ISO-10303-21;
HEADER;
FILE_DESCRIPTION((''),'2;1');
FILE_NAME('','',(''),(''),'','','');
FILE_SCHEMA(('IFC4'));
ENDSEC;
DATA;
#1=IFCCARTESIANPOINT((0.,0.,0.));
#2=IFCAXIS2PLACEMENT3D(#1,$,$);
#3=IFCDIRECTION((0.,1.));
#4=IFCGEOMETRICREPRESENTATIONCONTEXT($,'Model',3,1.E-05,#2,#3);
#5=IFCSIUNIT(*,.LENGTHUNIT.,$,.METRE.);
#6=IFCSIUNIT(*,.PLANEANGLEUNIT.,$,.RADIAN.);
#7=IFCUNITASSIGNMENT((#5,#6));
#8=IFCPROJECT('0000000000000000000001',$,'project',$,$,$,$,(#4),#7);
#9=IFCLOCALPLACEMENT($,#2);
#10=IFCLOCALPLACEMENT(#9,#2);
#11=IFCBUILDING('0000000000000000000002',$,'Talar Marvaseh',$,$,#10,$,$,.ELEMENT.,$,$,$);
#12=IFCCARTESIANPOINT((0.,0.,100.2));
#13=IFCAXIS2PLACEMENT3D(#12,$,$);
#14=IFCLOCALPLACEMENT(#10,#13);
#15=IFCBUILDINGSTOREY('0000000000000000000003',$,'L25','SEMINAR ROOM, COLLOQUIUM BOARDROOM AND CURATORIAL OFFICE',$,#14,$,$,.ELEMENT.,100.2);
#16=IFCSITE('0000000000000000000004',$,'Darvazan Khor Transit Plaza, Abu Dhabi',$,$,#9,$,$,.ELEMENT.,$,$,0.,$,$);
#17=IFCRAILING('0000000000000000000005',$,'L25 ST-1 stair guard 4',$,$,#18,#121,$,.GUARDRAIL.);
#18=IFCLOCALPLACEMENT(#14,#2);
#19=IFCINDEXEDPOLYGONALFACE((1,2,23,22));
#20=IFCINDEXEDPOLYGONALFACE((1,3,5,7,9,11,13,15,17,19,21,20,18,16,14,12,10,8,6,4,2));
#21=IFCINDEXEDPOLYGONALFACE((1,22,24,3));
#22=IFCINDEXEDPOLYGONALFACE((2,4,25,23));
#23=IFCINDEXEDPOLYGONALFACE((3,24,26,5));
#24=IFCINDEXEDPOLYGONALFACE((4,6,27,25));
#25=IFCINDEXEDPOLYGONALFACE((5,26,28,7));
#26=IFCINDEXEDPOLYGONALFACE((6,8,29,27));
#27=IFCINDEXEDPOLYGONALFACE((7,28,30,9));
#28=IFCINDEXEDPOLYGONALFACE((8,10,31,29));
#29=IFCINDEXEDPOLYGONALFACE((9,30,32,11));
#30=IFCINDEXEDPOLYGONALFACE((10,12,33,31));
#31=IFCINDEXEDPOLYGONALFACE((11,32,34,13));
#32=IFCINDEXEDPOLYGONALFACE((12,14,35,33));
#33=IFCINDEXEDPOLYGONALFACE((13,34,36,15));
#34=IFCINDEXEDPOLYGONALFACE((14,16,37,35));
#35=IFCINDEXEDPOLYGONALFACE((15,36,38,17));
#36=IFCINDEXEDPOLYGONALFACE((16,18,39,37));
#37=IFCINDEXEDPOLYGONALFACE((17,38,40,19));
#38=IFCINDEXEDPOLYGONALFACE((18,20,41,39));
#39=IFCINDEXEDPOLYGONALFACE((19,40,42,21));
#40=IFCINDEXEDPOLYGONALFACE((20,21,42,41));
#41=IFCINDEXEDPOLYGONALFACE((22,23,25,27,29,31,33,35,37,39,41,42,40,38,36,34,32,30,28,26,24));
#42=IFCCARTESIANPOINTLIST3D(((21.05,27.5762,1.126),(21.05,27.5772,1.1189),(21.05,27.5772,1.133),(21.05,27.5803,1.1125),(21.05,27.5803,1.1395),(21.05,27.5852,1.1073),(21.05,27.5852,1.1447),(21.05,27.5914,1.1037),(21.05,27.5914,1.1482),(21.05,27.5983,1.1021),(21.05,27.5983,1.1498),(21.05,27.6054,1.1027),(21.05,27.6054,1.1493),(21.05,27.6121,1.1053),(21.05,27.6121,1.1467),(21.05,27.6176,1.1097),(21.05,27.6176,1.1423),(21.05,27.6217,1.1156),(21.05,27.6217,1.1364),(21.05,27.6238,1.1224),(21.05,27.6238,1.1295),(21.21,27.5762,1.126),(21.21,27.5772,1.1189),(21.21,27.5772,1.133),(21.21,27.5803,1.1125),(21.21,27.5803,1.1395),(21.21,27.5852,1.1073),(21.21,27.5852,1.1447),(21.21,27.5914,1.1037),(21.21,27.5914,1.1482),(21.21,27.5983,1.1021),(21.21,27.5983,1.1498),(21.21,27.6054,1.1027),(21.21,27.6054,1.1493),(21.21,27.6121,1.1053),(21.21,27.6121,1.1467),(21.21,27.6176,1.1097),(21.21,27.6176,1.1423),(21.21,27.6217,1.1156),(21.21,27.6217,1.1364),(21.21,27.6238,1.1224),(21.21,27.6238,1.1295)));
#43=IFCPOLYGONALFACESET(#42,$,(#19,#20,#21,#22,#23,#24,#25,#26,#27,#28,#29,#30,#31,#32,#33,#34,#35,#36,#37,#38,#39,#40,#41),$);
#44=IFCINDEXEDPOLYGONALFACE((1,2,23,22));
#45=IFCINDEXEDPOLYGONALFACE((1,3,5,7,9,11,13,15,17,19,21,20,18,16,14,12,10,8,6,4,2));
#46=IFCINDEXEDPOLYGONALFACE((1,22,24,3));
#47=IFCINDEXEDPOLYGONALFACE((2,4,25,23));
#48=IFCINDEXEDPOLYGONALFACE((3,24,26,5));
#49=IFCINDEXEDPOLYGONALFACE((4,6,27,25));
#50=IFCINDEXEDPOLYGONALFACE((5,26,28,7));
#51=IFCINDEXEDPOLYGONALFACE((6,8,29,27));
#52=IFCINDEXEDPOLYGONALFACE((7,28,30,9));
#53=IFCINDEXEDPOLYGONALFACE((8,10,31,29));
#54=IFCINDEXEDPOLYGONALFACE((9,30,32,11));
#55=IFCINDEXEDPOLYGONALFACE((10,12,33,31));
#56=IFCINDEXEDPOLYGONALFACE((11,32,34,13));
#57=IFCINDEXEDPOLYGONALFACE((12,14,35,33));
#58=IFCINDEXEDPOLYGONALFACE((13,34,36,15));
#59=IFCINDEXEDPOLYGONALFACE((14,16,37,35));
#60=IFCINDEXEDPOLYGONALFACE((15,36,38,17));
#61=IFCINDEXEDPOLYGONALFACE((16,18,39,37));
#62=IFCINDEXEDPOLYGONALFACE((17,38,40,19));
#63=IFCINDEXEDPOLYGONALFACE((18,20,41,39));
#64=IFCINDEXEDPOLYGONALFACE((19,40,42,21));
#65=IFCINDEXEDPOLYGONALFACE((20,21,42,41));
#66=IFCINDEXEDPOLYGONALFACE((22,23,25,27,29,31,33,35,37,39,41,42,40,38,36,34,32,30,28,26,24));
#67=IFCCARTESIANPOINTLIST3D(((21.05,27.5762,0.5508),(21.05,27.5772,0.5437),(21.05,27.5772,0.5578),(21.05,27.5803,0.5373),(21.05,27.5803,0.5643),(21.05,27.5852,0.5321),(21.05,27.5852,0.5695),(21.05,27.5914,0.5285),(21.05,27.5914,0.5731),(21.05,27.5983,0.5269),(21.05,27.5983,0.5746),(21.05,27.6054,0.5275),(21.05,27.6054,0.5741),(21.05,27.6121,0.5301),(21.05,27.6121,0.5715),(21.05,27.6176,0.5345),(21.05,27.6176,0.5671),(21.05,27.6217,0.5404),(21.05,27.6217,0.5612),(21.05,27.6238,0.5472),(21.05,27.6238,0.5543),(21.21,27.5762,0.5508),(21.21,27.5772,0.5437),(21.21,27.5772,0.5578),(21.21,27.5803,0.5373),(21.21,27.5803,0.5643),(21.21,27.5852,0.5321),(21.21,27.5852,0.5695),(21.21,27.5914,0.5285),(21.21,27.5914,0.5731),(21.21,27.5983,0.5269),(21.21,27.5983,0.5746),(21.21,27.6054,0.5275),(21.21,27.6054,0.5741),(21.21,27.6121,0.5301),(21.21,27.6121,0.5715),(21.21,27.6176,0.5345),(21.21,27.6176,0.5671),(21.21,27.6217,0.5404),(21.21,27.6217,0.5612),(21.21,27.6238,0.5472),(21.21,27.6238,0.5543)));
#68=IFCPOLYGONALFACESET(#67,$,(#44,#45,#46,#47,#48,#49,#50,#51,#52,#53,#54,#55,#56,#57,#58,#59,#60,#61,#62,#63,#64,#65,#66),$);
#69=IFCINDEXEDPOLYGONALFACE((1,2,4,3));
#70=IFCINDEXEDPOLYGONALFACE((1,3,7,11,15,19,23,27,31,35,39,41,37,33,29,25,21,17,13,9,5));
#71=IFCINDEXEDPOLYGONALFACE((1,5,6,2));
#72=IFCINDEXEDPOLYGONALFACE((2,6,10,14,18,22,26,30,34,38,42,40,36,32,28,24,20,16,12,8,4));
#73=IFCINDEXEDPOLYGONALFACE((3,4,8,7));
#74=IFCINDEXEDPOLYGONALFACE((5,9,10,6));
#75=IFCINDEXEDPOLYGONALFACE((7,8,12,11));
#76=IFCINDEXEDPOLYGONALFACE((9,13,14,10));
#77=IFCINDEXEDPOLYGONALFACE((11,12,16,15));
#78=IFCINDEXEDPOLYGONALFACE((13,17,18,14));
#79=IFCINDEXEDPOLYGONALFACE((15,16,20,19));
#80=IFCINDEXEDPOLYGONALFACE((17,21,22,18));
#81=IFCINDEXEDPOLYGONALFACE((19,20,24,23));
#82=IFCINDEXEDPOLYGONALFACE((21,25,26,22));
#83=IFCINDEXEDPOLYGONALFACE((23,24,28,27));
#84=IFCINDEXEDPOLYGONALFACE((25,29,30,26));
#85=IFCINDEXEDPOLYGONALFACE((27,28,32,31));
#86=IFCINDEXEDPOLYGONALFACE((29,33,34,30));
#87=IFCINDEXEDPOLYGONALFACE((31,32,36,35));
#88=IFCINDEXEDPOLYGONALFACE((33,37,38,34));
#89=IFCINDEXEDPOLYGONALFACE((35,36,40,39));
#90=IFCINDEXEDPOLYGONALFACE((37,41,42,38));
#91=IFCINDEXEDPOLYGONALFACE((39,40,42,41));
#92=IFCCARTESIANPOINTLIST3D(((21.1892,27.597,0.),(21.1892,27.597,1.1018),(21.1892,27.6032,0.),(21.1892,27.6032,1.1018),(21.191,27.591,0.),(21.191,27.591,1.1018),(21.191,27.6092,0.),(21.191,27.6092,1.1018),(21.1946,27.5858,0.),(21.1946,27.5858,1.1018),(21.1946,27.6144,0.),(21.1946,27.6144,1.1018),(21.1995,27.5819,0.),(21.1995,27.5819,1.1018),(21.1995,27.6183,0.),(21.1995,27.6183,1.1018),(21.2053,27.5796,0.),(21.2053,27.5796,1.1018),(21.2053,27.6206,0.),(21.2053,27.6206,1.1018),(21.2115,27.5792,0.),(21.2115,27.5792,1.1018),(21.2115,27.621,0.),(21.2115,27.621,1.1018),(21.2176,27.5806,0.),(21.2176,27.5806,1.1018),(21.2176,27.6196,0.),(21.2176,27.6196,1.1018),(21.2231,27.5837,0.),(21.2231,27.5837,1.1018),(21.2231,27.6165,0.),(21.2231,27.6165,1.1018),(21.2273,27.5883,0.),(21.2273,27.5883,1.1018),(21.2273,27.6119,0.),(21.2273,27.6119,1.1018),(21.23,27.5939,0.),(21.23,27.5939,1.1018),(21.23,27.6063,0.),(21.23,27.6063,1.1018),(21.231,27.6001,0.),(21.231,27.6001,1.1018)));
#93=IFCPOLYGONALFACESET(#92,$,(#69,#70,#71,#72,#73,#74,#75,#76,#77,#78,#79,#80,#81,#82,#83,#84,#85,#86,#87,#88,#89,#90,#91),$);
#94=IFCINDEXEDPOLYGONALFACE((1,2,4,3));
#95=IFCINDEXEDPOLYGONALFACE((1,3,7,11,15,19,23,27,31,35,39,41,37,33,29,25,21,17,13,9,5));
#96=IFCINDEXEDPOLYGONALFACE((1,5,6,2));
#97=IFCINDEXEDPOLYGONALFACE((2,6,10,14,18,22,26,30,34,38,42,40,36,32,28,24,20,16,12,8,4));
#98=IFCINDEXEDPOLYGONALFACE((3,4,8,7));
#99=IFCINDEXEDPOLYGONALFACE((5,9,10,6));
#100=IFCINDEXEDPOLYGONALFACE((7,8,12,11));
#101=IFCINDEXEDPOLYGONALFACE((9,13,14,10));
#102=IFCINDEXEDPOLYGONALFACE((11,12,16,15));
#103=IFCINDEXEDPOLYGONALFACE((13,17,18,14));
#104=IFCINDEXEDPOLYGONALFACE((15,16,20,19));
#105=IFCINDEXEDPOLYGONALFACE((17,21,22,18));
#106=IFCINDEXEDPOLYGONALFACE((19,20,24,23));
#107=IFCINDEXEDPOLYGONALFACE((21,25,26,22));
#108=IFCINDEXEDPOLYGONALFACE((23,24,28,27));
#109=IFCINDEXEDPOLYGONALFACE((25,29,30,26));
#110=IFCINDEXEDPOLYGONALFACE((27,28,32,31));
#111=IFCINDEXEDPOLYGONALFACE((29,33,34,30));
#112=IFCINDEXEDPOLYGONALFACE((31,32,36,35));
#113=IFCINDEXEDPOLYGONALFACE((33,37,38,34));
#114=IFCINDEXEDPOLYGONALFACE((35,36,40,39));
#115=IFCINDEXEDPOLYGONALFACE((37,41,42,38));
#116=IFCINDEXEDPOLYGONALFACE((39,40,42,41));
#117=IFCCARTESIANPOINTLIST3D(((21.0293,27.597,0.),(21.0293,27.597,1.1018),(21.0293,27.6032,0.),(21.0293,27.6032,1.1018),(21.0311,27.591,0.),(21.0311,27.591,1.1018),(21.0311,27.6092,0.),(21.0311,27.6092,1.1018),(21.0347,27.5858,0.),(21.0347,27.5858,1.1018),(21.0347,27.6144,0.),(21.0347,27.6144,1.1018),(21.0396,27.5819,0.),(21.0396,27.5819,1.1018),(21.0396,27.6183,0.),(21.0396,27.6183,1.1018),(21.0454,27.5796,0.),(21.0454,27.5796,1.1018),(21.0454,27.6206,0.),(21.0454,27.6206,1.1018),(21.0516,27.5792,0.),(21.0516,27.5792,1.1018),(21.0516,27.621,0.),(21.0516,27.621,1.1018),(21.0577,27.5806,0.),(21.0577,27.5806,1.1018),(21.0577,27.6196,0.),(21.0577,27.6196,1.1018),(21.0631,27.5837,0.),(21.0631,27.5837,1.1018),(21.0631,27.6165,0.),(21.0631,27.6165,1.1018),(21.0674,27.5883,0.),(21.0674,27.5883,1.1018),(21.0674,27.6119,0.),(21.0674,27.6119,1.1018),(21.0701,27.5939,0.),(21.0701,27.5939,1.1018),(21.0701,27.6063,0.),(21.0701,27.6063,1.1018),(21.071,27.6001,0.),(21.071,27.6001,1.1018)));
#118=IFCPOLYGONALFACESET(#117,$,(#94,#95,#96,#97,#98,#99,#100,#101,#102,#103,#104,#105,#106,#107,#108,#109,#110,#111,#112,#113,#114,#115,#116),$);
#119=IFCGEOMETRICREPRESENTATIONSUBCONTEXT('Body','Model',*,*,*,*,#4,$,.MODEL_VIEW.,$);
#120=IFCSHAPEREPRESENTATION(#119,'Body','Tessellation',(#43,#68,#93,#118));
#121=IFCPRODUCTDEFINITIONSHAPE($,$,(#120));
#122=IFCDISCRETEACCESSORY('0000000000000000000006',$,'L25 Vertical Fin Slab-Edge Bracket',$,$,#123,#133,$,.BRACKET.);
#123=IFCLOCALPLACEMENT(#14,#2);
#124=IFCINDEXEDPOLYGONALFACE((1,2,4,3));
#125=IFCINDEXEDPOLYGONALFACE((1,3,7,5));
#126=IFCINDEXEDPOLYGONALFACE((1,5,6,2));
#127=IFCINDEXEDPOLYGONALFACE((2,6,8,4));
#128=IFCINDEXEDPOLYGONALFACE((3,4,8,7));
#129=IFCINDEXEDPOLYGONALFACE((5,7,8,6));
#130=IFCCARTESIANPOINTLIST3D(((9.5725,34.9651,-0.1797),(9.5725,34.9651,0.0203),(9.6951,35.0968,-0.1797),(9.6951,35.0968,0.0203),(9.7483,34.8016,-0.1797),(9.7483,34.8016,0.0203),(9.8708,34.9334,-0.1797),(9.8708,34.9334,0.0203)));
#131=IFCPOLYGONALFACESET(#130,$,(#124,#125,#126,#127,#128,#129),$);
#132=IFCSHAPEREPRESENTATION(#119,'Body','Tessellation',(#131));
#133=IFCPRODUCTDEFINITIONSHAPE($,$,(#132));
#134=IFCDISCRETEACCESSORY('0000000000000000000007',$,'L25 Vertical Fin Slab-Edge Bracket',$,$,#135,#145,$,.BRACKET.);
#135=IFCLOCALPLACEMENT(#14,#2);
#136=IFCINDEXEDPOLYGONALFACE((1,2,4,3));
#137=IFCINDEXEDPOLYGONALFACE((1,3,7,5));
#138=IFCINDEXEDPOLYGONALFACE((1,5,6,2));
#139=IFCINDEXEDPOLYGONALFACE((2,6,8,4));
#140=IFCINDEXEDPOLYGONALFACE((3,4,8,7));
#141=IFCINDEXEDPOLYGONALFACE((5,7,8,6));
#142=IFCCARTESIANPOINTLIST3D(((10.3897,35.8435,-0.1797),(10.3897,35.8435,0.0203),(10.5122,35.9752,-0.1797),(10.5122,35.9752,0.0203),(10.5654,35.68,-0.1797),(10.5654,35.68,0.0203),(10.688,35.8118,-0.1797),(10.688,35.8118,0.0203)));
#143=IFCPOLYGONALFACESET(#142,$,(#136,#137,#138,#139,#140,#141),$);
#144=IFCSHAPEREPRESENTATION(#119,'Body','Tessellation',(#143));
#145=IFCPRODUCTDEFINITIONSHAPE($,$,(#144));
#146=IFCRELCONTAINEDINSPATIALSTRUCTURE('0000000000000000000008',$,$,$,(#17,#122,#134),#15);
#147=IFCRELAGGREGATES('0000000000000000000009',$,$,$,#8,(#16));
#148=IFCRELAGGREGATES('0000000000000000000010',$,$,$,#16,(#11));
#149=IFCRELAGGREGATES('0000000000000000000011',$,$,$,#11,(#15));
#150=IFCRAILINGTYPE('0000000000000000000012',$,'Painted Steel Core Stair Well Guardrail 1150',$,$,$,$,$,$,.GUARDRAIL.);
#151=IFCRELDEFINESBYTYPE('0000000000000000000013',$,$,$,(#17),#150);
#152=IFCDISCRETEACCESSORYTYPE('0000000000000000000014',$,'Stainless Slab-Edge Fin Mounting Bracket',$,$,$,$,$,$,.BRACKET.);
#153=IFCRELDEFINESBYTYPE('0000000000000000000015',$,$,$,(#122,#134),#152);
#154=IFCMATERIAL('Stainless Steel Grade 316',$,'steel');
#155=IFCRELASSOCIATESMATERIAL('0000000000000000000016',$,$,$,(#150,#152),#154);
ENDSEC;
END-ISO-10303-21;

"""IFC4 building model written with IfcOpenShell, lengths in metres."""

from ifc_helpers import new_model, si_unit, direction, frame, origin, origin_2d, place, context, subcontext, project, spatial, rectangle, circle, extrude, source, transform, mapped, material, type_object, type_shapes, element, save


model = new_model("IFC4")

# Units and contexts
model_context = context("Model", 3, precision=1e-05, world=origin(), true_north=direction((0.0, 1.0)))
body_context = subcontext(model_context, "Body", "Model", "MODEL_VIEW")
ifc_project = project(units=[si_unit("LENGTHUNIT", "METRE"), si_unit("PLANEANGLEUNIT", "RADIAN")], contexts=[model_context])

# Site, building, storey
site_placement = place(None, origin())
site = spatial("IfcSite", under=ifc_project, at=site_placement, Name="Darvazan Khor Transit Plaza, Abu Dhabi", CompositionType="ELEMENT", RefElevation=0.0)
building_placement = place(site_placement, origin())
building = spatial("IfcBuilding", under=site, at=building_placement, Name="Talar Marvaseh", CompositionType="ELEMENT")
storey_placement = place(building_placement, frame((0.0, 0.0, 100.2)))
storey = spatial("IfcBuildingStorey", under=building, at=storey_placement, Name="L25", Description="SEMINAR ROOM, COLLOQUIUM BOARDROOM AND CURATORIAL OFFICE", CompositionType="ELEMENT", Elevation=100.2)

# Railing
ifc_material_1 = material(Name="Stainless Steel Grade 316", Category="steel")
railing_type_1 = type_object("IfcRailingType", Name="Painted Steel Core Stair Well Guardrail 1150", PredefinedType="GUARDRAIL", material=ifc_material_1)
railing_1_placement = place(storey_placement, frame((21.21, 27.6001, 0.0)))
element("IfcRailing", 1, at=railing_1_placement, inside=storey, type_object=railing_type_1, Name="L25 ST-1 stair guard 4", PredefinedType="GUARDRAIL", context=body_context, shape_type="SweptSolid", body=[
    extrude(circle(Radius=0.0239, at=origin_2d()), frame((0.0, 0.0, 1.126), z_axis=(-1.0, 0.0, 0.0), x_axis=(0.0, -1.0, 0.0)), (0.0, 0.0, 1.0), 0.1599),
    extrude(circle(Radius=0.0239, at=origin_2d()), frame((0.0, 0.0, 0.5508), z_axis=(-1.0, 0.0, 0.0), x_axis=(0.0, -1.0, 0.0)), (0.0, 0.0, 1.0), 0.1599),
    extrude(circle(Radius=0.021, at=origin_2d()), origin(), (0.0, 0.0, 1.0), 1.1018),
    extrude(circle(Radius=0.021, at=origin_2d()), frame((-0.1599, 0.0, 0.0)), (0.0, 0.0, 1.0), 1.1018),
])

# Discrete accessories
discrete_accessory_type = type_object("IfcDiscreteAccessoryType", Name="Stainless Slab-Edge Fin Mounting Bracket", PredefinedType="BRACKET", material=ifc_material_1)
shared_shape_1 = source(origin(), body_context, "Body", "SweptSolid", [
    extrude(rectangle(XDim=0.24, YDim=0.1799, at=origin_2d()), origin(), (0.0, 0.0, 1.0), 0.2),
])
type_shapes(discrete_accessory_type, [shared_shape_1])
for number, where, z_axis, x_axis, name in (
    (2, (9.7217, 34.9492, -0.1797), (0.0, 0.0, 1.0), (-0.732186, 0.681104, 0.0), "L25 Vertical Fin Slab-Edge Bracket"),
    (3, (10.5388, 35.8276, -0.1797), (0.0, 0.0, 1.0), (-0.732186, 0.681104, 0.0), "L25 Vertical Fin Slab-Edge Bracket"),
):
    element("IfcDiscreteAccessory", number, at=place(storey_placement, frame(where, z_axis=z_axis, x_axis=x_axis)), inside=storey, type_object=discrete_accessory_type, Name=name, PredefinedType="BRACKET", context=body_context, shape_type="MappedRepresentation", body=[
        mapped(shared_shape_1, transform((0.0, 0.0, 0.0), x_axis=(1.0, 0.0, 0.0), y_axis=(0.0, 1.0, 0.0), z_axis=(0.0, 0.0, 1.0), scale=1.0)),
    ])

save(model, "model.ifc")
